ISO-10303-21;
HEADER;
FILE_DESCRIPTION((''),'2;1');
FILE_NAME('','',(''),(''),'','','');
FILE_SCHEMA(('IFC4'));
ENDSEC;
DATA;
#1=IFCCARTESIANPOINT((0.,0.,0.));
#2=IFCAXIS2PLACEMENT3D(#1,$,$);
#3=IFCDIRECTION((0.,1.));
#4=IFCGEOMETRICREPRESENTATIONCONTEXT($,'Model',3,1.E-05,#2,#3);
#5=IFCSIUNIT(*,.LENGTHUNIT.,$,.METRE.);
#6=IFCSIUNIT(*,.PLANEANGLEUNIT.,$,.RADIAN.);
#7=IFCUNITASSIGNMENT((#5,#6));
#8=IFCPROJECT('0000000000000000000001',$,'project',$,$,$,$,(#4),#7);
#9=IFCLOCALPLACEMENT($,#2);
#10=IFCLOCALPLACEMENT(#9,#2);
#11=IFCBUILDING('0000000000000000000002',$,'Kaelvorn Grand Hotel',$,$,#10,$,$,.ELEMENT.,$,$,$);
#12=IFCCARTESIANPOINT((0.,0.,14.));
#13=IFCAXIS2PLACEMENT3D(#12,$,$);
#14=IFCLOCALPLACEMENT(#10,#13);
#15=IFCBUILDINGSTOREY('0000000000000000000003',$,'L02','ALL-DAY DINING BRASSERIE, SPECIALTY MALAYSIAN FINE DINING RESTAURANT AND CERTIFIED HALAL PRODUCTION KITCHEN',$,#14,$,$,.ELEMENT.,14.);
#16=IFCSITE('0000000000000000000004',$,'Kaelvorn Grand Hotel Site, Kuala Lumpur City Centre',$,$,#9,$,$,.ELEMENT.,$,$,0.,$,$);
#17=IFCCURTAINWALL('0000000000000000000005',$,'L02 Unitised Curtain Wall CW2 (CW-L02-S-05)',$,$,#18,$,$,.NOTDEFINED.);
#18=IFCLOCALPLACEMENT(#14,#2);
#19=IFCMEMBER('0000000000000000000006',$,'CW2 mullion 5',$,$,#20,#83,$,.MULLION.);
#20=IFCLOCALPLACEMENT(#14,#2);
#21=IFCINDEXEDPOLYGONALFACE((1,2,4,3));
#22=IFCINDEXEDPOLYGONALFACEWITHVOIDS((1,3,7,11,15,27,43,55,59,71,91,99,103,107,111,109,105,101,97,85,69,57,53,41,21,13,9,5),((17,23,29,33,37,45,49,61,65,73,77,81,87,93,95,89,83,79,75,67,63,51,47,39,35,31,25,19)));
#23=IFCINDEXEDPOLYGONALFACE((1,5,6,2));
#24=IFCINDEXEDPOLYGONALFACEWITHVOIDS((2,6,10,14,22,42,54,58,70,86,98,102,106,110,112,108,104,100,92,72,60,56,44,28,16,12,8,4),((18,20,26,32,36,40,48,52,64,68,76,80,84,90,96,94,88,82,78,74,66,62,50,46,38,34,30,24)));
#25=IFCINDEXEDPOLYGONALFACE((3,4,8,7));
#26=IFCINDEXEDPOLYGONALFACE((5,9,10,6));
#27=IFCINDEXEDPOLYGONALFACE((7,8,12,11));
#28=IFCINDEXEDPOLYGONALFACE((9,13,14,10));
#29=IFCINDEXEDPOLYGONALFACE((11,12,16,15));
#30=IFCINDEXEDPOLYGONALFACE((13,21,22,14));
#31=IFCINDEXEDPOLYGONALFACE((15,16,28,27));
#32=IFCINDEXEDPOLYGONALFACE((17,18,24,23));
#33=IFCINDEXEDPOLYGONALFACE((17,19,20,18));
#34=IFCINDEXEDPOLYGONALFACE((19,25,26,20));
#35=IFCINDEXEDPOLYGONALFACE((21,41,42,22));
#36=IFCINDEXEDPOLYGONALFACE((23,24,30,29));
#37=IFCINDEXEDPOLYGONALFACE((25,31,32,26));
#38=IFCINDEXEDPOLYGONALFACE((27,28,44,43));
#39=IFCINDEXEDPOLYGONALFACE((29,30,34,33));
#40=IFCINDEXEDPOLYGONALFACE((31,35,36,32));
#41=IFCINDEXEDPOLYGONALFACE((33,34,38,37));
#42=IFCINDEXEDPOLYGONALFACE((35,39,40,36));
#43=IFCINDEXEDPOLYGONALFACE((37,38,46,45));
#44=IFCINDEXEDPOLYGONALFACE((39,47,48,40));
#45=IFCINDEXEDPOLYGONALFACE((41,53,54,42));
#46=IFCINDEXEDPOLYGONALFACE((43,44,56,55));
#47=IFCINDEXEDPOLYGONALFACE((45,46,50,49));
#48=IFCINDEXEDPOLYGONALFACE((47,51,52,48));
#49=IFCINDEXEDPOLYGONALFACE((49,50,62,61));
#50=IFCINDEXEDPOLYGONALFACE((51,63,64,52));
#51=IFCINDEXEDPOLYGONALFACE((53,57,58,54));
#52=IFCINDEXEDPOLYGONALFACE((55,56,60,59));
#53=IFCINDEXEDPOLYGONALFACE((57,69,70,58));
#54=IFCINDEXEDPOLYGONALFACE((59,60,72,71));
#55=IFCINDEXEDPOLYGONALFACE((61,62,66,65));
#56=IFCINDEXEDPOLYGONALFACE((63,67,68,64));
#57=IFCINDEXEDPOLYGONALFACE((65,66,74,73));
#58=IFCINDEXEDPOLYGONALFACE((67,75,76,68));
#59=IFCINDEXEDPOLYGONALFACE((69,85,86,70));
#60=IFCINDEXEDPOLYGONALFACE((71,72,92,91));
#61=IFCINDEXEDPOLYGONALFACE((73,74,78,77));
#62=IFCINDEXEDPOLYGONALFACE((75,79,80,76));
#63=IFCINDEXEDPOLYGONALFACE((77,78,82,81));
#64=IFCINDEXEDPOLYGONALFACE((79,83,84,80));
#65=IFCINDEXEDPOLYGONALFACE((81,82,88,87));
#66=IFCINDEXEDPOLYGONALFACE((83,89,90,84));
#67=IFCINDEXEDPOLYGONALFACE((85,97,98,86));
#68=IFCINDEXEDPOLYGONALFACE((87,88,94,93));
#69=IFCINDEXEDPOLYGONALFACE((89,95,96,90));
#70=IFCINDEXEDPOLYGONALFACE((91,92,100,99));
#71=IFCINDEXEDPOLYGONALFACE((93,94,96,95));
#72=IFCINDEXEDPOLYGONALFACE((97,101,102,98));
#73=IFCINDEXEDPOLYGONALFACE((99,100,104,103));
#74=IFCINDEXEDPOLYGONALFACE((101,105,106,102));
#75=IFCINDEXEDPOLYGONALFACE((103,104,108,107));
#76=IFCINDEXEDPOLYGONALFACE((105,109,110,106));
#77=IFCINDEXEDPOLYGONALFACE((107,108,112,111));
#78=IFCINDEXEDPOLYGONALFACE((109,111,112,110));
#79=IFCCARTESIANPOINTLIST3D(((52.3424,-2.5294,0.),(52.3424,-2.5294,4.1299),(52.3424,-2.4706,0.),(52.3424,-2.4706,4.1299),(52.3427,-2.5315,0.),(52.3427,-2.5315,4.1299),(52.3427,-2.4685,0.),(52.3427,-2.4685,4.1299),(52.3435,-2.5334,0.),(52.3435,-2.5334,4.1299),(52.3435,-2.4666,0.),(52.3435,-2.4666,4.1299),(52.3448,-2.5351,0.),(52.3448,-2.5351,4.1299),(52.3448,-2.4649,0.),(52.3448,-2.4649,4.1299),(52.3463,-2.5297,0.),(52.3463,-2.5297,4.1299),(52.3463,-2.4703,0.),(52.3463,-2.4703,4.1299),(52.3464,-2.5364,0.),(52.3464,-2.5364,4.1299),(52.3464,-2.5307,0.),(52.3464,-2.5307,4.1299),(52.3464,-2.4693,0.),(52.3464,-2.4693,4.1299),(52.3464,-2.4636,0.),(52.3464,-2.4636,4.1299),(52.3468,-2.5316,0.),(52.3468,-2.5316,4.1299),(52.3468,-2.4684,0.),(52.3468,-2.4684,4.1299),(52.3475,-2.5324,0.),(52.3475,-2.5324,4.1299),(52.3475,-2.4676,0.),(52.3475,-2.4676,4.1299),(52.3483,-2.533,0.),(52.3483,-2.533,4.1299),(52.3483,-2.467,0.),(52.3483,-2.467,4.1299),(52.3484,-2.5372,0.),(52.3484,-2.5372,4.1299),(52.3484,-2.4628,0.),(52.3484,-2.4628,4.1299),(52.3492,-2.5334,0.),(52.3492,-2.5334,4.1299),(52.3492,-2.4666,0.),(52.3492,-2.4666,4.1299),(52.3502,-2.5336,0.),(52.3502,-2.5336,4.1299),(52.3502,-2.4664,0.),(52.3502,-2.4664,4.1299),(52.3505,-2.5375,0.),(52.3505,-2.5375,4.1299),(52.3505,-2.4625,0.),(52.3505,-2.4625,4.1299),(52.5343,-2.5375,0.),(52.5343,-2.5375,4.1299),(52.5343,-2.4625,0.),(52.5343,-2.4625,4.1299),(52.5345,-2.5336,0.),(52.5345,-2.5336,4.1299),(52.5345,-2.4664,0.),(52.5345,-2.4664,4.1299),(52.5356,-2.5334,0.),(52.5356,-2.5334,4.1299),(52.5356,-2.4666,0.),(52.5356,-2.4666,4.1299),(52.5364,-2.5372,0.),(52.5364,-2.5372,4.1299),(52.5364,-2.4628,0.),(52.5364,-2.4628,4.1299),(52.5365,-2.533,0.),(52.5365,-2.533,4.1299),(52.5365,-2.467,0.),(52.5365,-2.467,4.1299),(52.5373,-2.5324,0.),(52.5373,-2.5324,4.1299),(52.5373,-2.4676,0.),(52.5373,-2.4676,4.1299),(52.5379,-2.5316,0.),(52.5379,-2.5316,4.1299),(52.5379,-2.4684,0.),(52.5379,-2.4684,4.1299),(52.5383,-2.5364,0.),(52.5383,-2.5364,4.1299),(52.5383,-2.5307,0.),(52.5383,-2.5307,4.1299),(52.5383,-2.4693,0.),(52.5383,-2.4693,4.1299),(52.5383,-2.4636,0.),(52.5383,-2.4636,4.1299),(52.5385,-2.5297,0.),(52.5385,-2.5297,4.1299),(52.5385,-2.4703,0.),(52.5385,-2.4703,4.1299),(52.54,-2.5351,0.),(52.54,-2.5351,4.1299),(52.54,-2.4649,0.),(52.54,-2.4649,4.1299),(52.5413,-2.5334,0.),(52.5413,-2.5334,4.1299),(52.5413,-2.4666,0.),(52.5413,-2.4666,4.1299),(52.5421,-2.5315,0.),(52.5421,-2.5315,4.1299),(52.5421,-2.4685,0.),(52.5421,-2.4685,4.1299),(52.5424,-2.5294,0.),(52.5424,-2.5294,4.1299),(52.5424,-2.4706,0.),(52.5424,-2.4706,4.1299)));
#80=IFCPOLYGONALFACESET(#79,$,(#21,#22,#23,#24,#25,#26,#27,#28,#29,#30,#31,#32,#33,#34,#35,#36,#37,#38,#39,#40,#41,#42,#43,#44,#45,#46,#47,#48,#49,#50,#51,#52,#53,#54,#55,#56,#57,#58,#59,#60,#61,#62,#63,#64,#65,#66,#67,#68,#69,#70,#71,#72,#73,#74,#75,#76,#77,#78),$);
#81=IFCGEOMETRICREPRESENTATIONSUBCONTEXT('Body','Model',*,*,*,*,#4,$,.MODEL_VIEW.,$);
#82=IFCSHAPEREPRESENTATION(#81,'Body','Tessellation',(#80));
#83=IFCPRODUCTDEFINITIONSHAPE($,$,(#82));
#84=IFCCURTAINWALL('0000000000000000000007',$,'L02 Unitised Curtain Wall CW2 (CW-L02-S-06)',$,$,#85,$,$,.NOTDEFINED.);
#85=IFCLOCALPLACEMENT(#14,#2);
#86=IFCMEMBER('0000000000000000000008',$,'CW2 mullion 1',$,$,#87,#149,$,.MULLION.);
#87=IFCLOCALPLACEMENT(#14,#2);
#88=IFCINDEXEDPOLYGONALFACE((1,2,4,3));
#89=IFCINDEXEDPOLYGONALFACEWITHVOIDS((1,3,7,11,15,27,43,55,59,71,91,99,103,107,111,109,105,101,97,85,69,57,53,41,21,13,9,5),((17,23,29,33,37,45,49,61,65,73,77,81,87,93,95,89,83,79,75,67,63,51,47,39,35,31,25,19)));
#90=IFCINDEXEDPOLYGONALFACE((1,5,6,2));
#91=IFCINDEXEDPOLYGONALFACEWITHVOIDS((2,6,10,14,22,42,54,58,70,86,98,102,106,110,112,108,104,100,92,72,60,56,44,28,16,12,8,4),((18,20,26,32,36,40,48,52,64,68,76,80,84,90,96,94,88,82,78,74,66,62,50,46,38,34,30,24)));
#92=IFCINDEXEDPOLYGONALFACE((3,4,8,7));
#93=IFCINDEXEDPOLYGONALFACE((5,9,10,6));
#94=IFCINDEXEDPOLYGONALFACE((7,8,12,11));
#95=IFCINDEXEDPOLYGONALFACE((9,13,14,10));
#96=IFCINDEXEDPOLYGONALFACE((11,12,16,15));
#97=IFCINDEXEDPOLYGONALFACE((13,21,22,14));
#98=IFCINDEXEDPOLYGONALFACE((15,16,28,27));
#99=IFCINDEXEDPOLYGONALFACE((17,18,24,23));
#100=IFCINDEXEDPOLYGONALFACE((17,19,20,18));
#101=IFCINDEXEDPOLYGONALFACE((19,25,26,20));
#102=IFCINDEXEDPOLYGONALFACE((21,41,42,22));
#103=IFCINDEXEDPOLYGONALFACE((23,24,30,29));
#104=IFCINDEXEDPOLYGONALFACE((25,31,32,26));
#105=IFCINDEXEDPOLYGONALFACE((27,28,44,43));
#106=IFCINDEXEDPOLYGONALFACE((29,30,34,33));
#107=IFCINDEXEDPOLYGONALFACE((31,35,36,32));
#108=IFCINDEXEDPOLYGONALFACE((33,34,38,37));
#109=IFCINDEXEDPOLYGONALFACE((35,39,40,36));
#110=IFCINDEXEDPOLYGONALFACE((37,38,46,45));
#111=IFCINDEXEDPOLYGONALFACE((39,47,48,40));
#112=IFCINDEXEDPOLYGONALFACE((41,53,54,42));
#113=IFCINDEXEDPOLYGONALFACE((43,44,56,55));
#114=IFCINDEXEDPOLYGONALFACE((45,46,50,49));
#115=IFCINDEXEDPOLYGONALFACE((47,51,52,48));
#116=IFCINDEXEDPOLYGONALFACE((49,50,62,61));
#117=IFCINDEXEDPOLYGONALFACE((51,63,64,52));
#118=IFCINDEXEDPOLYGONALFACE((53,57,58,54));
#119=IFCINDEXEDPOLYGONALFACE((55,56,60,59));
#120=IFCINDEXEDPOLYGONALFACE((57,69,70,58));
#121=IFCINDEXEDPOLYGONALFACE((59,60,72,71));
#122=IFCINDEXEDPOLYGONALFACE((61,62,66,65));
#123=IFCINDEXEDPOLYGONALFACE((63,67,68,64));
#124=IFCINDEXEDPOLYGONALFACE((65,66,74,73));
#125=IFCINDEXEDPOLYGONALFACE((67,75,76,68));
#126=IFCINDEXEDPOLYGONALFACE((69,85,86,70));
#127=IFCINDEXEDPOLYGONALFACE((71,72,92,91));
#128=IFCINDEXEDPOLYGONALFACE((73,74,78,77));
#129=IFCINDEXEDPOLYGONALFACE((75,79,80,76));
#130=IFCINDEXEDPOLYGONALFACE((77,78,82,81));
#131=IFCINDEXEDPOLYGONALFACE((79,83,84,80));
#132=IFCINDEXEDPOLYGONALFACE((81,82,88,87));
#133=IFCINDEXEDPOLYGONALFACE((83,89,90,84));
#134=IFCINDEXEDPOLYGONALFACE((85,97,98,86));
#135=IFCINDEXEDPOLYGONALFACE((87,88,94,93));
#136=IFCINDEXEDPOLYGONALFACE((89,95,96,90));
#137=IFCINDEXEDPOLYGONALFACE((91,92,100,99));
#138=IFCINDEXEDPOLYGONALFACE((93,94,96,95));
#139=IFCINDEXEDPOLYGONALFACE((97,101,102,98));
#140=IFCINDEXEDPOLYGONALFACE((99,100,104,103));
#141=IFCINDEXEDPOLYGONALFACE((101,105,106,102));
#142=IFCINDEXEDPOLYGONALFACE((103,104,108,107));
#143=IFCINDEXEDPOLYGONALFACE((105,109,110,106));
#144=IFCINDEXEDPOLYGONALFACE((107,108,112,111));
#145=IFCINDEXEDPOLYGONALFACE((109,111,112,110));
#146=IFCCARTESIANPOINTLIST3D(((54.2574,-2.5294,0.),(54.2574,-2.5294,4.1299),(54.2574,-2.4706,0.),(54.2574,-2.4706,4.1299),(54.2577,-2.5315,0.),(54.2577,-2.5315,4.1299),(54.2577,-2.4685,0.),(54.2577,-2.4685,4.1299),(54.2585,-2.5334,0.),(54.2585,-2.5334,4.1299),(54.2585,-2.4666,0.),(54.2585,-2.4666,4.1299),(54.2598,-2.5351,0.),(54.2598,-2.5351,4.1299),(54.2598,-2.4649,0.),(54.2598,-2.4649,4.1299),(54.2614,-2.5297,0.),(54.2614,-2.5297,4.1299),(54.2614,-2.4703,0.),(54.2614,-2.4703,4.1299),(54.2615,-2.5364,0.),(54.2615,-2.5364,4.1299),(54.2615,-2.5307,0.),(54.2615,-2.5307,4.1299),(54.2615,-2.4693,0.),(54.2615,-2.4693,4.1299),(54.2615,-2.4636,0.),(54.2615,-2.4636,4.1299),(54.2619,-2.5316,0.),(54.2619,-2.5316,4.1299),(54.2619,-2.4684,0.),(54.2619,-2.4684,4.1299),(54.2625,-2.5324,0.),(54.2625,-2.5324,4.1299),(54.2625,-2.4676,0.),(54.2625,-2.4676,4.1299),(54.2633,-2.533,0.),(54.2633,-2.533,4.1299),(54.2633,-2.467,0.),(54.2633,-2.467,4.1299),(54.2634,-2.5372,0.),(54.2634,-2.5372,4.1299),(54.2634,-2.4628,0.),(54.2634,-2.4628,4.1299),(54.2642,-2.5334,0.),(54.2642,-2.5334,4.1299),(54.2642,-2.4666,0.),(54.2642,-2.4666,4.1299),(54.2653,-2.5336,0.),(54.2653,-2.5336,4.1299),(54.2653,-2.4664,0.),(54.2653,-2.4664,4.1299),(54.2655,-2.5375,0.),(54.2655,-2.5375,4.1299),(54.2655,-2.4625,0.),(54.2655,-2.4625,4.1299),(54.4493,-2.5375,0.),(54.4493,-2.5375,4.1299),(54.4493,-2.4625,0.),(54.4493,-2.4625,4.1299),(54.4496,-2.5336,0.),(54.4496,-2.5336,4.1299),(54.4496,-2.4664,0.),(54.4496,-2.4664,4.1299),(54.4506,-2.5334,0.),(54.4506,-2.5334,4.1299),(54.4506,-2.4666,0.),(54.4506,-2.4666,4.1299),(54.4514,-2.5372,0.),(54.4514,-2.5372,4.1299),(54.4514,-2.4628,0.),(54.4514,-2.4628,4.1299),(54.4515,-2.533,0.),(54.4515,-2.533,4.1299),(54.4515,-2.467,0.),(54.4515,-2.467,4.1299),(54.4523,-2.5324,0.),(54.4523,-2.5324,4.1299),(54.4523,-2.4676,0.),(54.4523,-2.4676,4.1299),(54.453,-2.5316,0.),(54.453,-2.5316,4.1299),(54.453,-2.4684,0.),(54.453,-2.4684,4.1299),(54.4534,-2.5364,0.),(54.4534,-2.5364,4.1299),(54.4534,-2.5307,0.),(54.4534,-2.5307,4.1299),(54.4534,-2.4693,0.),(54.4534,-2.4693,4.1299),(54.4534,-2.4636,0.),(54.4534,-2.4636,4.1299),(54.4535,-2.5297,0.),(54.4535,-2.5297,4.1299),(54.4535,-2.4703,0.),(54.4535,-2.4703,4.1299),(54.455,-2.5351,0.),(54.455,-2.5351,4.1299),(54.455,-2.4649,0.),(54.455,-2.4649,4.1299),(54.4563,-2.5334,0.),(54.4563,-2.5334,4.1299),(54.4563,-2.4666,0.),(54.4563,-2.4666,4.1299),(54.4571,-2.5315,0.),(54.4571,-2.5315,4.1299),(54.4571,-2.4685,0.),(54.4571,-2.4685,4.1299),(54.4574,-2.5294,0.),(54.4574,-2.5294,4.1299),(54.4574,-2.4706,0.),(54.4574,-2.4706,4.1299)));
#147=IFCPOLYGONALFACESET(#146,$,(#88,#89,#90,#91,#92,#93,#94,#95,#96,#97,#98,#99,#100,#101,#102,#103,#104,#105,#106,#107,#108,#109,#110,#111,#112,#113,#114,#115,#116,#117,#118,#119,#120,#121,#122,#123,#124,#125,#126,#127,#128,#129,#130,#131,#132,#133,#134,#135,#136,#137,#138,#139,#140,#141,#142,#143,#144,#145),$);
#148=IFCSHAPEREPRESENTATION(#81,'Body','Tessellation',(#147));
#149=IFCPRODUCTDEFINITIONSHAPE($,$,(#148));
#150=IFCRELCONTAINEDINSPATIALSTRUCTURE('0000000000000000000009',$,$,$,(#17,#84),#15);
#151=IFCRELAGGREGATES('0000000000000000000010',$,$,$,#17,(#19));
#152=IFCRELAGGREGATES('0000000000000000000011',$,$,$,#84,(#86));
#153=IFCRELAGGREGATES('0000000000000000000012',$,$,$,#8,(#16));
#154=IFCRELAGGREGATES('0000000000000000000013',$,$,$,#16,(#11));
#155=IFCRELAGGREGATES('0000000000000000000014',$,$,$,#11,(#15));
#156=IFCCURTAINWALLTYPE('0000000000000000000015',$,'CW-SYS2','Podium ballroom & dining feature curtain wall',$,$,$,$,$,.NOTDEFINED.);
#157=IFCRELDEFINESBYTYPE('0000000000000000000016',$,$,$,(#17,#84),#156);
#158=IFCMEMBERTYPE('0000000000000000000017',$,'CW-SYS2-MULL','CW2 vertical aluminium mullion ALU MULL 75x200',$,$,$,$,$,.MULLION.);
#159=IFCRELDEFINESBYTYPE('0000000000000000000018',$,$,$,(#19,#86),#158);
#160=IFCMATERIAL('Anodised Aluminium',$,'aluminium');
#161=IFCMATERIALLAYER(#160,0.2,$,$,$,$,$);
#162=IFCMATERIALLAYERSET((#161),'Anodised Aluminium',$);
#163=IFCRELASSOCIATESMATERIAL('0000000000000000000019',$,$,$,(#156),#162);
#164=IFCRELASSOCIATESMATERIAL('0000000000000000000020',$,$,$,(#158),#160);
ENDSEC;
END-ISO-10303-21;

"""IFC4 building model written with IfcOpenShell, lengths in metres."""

from ifc_helpers import new_model, si_unit, direction, frame, origin, origin_2d, place, context, subcontext, project, spatial, hollow_rectangle, extrude, material, layer, layer_set, material_profile, profile_set, type_object, element, aggregate, save


model = new_model("IFC4")

# Units and contexts
model_context = context("Model", 3, precision=1e-05, world=origin(), true_north=direction((0.0, 1.0)))
body_context = subcontext(model_context, "Body", "Model", "MODEL_VIEW")
ifc_project = project(units=[si_unit("LENGTHUNIT", "METRE"), si_unit("PLANEANGLEUNIT", "RADIAN")], contexts=[model_context])

# Site, building, storey
site_placement = place(None, origin())
site = spatial("IfcSite", under=ifc_project, at=site_placement, Name="Kaelvorn Grand Hotel Site, Kuala Lumpur City Centre", CompositionType="ELEMENT", RefElevation=0.0)
building_placement = place(site_placement, origin())
building = spatial("IfcBuilding", under=site, at=building_placement, Name="Kaelvorn Grand Hotel", CompositionType="ELEMENT")
storey_placement = place(building_placement, frame((0.0, 0.0, 14.0)))
storey = spatial("IfcBuildingStorey", under=building, at=storey_placement, Name="L02", Description="ALL-DAY DINING BRASSERIE, SPECIALTY MALAYSIAN FINE DINING RESTAURANT AND CERTIFIED HALAL PRODUCTION KITCHEN", CompositionType="ELEMENT", Elevation=14.0)

# Curtain walls, members
ifc_material_1 = material(Name="Anodised Aluminium", Category="aluminium")
ifc_layer_1 = layer(ifc_material_1, 0.2)
ifc_layer_set_1 = layer_set([ifc_layer_1], Name="Anodised Aluminium")
curtain_wall_type = type_object("IfcCurtainWallType", Name="CW-SYS2", Description="Podium ballroom & dining feature curtain wall", PredefinedType="NOTDEFINED", material=ifc_layer_set_1)
curtain_wall_1_placement = place(storey_placement, origin())
curtain_wall_1 = element("IfcCurtainWall", 1, at=curtain_wall_1_placement, inside=storey, type_object=curtain_wall_type, Name="L02 Unitised Curtain Wall CW2 (CW-L02-S-05)", PredefinedType="NOTDEFINED")
ifc_material_profile_1 = material_profile(ifc_material_1, hollow_rectangle(XDim=0.075, YDim=0.2, WallThickness=0.0039, InnerFilletRadius=0.0039, OuterFilletRadius=0.0081, at=origin_2d()), Name="ALU MULL 75x200")
ifc_profile_set_1 = profile_set([ifc_material_profile_1], Name="Anodised Aluminium")
member_type_1 = type_object("IfcMemberType", Name="CW-SYS2-MULL", Description="CW2 vertical aluminium mullion ALU MULL 75x200", PredefinedType="MULLION", material=ifc_profile_set_1)
member_1_placement = place(storey_placement, frame((52.4424, -2.5, 0.0), z_axis=(0.0, 0.0, 1.0), x_axis=(0.0, 1.0, 0.0)))
member_1 = element("IfcMember", 2, at=member_1_placement, type_object=member_type_1, Name="CW2 mullion 5", PredefinedType="MULLION", context=body_context, shape_type="SweptSolid", body=[
    extrude(hollow_rectangle(XDim=0.075, YDim=0.2, WallThickness=0.0039, InnerFilletRadius=0.0039, OuterFilletRadius=0.0081, at=origin_2d()), origin(), (0.0, 0.0, 1.0), 4.1299),
])
curtain_wall_2_placement = place(storey_placement, origin())
curtain_wall_2 = element("IfcCurtainWall", 3, at=curtain_wall_2_placement, inside=storey, type_object=curtain_wall_type, Name="L02 Unitised Curtain Wall CW2 (CW-L02-S-06)", PredefinedType="NOTDEFINED")
member_2_placement = place(storey_placement, frame((54.3574, -2.5, 0.0), z_axis=(0.0, 0.0, 1.0), x_axis=(0.0, 1.0, 0.0)))
member_2 = element("IfcMember", 4, at=member_2_placement, type_object=member_type_1, Name="CW2 mullion 1", PredefinedType="MULLION", context=body_context, shape_type="SweptSolid", body=[
    extrude(hollow_rectangle(XDim=0.075, YDim=0.2, WallThickness=0.0039, InnerFilletRadius=0.0039, OuterFilletRadius=0.0081, at=origin_2d()), origin(), (0.0, 0.0, 1.0), 4.1299),
])

aggregate(curtain_wall_1, [member_1])
aggregate(curtain_wall_2, [member_2])

save(model, "model.ifc")
